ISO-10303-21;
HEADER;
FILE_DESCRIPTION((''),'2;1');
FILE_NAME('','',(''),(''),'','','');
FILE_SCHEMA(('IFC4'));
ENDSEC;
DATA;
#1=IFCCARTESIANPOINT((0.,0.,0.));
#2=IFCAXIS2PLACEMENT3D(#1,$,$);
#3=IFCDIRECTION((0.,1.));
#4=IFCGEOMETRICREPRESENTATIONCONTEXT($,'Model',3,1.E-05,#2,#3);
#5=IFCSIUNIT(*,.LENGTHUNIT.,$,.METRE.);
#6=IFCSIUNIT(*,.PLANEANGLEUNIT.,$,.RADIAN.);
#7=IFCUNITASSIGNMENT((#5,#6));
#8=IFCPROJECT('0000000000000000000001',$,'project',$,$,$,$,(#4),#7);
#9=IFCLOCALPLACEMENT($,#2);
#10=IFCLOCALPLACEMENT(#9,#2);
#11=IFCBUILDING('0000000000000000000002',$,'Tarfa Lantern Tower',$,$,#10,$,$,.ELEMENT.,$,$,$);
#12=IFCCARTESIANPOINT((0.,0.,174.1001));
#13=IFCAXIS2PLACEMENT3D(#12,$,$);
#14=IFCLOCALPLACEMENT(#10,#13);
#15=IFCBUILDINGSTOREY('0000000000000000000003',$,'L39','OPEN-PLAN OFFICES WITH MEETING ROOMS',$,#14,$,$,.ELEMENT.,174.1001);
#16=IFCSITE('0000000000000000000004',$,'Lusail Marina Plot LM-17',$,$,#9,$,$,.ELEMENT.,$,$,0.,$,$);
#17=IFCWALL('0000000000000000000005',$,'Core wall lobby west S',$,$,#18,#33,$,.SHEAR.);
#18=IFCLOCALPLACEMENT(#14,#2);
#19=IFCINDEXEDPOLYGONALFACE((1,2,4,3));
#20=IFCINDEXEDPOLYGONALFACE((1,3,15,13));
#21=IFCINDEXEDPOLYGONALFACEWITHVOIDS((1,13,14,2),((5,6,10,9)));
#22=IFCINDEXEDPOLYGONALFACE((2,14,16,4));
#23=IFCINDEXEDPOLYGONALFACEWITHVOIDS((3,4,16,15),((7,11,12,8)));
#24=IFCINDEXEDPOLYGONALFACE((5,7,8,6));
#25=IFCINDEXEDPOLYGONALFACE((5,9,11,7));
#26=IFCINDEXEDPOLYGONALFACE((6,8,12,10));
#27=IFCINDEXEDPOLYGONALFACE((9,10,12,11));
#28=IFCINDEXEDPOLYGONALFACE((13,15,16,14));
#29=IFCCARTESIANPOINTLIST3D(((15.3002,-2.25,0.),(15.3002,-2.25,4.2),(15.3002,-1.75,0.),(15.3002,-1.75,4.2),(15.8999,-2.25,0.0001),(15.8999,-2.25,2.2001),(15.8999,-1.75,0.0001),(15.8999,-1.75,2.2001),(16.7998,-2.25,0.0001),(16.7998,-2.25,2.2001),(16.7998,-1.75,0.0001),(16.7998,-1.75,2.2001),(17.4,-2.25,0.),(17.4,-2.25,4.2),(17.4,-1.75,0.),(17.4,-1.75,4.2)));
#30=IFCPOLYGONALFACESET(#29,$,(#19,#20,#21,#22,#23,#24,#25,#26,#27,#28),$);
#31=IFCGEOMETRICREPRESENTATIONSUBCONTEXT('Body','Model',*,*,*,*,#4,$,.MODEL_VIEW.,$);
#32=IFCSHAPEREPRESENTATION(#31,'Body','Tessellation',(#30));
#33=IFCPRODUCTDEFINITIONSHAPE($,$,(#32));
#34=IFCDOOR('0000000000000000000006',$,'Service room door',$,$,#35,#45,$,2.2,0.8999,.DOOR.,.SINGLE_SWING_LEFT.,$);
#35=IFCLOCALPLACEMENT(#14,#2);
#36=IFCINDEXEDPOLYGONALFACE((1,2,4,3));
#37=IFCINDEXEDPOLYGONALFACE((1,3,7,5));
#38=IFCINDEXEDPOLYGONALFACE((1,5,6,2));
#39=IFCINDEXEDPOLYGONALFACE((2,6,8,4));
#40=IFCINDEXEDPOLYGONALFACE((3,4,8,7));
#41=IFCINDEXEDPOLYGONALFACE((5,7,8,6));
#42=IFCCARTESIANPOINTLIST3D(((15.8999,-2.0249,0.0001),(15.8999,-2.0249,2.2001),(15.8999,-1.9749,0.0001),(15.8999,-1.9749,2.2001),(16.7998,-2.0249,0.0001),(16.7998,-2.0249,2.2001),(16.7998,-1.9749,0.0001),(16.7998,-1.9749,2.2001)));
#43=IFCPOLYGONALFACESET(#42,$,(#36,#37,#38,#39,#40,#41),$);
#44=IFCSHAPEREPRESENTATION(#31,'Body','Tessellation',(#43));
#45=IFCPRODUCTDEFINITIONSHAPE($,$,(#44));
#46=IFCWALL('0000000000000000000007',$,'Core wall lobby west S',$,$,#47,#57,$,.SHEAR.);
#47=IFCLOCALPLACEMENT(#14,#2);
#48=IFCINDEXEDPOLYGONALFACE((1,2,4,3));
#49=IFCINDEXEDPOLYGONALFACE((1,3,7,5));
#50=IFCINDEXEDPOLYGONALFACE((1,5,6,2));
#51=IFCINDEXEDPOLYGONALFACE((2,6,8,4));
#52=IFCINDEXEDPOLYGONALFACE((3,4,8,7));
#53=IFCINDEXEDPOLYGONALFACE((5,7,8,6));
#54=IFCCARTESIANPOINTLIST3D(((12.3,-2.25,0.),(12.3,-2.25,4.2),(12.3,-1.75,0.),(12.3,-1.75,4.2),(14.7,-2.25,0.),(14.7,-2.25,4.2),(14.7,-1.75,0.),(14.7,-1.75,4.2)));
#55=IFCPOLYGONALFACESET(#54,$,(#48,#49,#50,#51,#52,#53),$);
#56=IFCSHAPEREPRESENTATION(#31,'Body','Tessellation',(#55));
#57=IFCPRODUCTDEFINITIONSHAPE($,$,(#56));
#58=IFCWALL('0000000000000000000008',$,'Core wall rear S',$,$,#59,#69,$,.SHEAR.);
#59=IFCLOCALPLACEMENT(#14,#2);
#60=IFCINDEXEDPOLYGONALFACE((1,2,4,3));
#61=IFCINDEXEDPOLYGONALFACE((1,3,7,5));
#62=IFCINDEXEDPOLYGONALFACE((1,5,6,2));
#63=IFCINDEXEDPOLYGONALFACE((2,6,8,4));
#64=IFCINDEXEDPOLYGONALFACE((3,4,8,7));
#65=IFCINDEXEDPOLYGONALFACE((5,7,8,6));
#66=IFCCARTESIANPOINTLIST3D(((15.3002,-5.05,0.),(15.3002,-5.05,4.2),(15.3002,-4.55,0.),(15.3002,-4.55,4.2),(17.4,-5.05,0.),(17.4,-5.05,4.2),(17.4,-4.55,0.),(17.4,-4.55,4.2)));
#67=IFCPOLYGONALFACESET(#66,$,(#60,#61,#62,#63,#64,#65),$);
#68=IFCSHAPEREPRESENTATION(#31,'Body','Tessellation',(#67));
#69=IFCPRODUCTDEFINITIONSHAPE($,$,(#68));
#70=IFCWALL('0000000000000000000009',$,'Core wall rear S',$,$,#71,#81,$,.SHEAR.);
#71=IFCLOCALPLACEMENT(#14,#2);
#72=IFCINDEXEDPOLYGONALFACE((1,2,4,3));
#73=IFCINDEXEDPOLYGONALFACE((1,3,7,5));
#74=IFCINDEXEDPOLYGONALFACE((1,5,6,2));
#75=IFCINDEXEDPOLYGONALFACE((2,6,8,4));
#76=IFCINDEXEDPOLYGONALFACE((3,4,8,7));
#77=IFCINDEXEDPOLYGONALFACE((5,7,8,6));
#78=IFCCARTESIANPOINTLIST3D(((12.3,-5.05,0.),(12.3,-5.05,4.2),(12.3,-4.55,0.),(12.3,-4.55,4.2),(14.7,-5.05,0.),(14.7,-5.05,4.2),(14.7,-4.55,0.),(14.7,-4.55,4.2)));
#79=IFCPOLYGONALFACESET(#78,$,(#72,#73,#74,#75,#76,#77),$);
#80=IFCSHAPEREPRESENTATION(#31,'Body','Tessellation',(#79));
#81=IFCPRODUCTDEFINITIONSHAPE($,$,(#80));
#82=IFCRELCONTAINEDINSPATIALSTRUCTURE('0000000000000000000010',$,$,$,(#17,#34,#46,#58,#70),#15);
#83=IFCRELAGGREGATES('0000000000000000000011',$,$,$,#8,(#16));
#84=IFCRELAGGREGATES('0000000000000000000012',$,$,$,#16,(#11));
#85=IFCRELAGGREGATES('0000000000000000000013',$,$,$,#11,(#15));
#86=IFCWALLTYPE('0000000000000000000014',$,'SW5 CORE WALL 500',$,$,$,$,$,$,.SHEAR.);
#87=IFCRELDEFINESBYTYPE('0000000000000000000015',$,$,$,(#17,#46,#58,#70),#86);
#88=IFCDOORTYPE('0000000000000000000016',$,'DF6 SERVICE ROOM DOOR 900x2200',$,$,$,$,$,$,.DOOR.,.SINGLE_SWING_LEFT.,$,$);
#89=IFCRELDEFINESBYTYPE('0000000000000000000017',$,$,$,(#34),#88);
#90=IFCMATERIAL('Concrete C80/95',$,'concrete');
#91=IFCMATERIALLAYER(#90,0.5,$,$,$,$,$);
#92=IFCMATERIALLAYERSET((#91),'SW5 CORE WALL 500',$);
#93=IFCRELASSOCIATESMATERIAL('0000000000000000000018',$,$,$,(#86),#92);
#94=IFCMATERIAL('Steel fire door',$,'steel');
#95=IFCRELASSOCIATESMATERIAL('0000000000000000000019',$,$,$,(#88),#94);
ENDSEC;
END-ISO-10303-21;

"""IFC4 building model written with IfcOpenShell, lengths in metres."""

from ifc_helpers import new_model, si_unit, direction, frame, frame_2d, origin, place, context, subcontext, project, spatial, rectangle, extrude, material, layer, layer_set, type_object, element, fill, save


model = new_model("IFC4")

# Units and contexts
model_context = context("Model", 3, precision=1e-05, world=origin(), true_north=direction((0.0, 1.0)))
body_context = subcontext(model_context, "Body", "Model", "MODEL_VIEW")
ifc_project = project(units=[si_unit("LENGTHUNIT", "METRE"), si_unit("PLANEANGLEUNIT", "RADIAN")], contexts=[model_context])

# Site, building, storey
site_placement = place(None, origin())
site = spatial("IfcSite", under=ifc_project, at=site_placement, Name="Lusail Marina Plot LM-17", CompositionType="ELEMENT", RefElevation=0.0)
building_placement = place(site_placement, origin())
building = spatial("IfcBuilding", under=site, at=building_placement, Name="Tarfa Lantern Tower", CompositionType="ELEMENT")
storey_placement = place(building_placement, frame((0.0, 0.0, 174.1001)))
storey = spatial("IfcBuildingStorey", under=building, at=storey_placement, Name="L39", Description="OPEN-PLAN OFFICES WITH MEETING ROOMS", CompositionType="ELEMENT", Elevation=174.1001)

# Shared definitions
ifc_material_1 = material(Name="Concrete C80/95", Category="concrete")

# Wall, opening, door
ifc_material_2 = material(Name="Steel fire door", Category="steel")
ifc_layer_1 = layer(ifc_material_1, 0.5)
ifc_layer_set_1 = layer_set([ifc_layer_1], Name="SW5 CORE WALL 500")
wall_type_1 = type_object("IfcWallType", Name="SW5 CORE WALL 500", PredefinedType="SHEAR", material=ifc_layer_set_1)
wall_1_placement = place(storey_placement, frame((17.3999, -2.0, 0.0), z_axis=(0.0, 0.0, 1.0), x_axis=(-1.0, 0.0, 0.0)))
wall_1 = element("IfcWall", 1, at=wall_1_placement, inside=storey, type_object=wall_type_1, Name="Core wall lobby west S", PredefinedType="SHEAR", context=body_context, shape_type="SweptSolid", body=[
    extrude(rectangle(XDim=2.0999, YDim=0.5, at=frame_2d((1.0498, 0.0))), origin(), (0.0, 0.0, 1.0), 4.2),
])
opening_1_placement = place(wall_1_placement, frame((0.6001, 0.0, 0.0)))
opening_1 = element("IfcOpeningElement", 2, at=opening_1_placement, cuts=wall_1, PredefinedType="OPENING", context=body_context, shape_type="SweptSolid", body=[
    extrude(rectangle(XDim=0.8999, YDim=2.2, at=frame_2d((0.45, 1.1001))), frame((0.0, 0.26, 0.0), z_axis=(0.0, -1.0, 0.0), x_axis=(1.0, 0.0, 0.0)), (0.0, 0.0, 1.0), 0.52),
])
door_type_1 = type_object("IfcDoorType", Name="DF6 SERVICE ROOM DOOR 900x2200", OperationType="SINGLE_SWING_LEFT", PredefinedType="DOOR", material=ifc_material_2)
door_1_placement = place(opening_1_placement, origin())
door_1 = element("IfcDoor", 3, at=door_1_placement, inside=storey, type_object=door_type_1, Name="Service room door", OperationType="SINGLE_SWING_LEFT", OverallHeight=2.2, OverallWidth=0.8999, PredefinedType="DOOR", context=body_context, shape_type="SweptSolid", body=[
    extrude(rectangle(XDim=0.8999, YDim=2.2, at=frame_2d((0.45, 1.1001))), frame((0.0, 0.0249, 0.0), z_axis=(0.0, -1.0, 0.0), x_axis=(1.0, 0.0, 0.0)), (0.0, 0.0, 1.0), 0.05),
])
fill(opening_1, door_1)

# Walls
wall_2_placement = place(storey_placement, frame((14.7, -2.0, 0.0), z_axis=(0.0, 0.0, 1.0), x_axis=(-1.0, 0.0, 0.0)))
element("IfcWall", 4, at=wall_2_placement, inside=storey, type_object=wall_type_1, Name="Core wall lobby west S", PredefinedType="SHEAR", context=body_context, shape_type="SweptSolid", body=[
    extrude(rectangle(XDim=2.3999, YDim=0.5, at=frame_2d((1.2, 0.0))), origin(), (0.0, 0.0, 1.0), 4.2),
])
wall_3_placement = place(storey_placement, frame((17.3999, -4.8, 0.0), z_axis=(0.0, 0.0, 1.0), x_axis=(-1.0, 0.0, 0.0)))
element("IfcWall", 5, at=wall_3_placement, inside=storey, type_object=wall_type_1, Name="Core wall rear S", PredefinedType="SHEAR", context=body_context, shape_type="SweptSolid", body=[
    extrude(rectangle(XDim=2.0999, YDim=0.5, at=frame_2d((1.0498, 0.0))), origin(), (0.0, 0.0, 1.0), 4.2),
])
wall_4_placement = place(storey_placement, frame((14.7, -4.8, 0.0), z_axis=(0.0, 0.0, 1.0), x_axis=(-1.0, 0.0, 0.0)))
element("IfcWall", 6, at=wall_4_placement, inside=storey, type_object=wall_type_1, Name="Core wall rear S", PredefinedType="SHEAR", context=body_context, shape_type="SweptSolid", body=[
    extrude(rectangle(XDim=2.3999, YDim=0.5, at=frame_2d((1.2, 0.0))), origin(), (0.0, 0.0, 1.0), 4.2),
])

save(model, "model.ifc")
